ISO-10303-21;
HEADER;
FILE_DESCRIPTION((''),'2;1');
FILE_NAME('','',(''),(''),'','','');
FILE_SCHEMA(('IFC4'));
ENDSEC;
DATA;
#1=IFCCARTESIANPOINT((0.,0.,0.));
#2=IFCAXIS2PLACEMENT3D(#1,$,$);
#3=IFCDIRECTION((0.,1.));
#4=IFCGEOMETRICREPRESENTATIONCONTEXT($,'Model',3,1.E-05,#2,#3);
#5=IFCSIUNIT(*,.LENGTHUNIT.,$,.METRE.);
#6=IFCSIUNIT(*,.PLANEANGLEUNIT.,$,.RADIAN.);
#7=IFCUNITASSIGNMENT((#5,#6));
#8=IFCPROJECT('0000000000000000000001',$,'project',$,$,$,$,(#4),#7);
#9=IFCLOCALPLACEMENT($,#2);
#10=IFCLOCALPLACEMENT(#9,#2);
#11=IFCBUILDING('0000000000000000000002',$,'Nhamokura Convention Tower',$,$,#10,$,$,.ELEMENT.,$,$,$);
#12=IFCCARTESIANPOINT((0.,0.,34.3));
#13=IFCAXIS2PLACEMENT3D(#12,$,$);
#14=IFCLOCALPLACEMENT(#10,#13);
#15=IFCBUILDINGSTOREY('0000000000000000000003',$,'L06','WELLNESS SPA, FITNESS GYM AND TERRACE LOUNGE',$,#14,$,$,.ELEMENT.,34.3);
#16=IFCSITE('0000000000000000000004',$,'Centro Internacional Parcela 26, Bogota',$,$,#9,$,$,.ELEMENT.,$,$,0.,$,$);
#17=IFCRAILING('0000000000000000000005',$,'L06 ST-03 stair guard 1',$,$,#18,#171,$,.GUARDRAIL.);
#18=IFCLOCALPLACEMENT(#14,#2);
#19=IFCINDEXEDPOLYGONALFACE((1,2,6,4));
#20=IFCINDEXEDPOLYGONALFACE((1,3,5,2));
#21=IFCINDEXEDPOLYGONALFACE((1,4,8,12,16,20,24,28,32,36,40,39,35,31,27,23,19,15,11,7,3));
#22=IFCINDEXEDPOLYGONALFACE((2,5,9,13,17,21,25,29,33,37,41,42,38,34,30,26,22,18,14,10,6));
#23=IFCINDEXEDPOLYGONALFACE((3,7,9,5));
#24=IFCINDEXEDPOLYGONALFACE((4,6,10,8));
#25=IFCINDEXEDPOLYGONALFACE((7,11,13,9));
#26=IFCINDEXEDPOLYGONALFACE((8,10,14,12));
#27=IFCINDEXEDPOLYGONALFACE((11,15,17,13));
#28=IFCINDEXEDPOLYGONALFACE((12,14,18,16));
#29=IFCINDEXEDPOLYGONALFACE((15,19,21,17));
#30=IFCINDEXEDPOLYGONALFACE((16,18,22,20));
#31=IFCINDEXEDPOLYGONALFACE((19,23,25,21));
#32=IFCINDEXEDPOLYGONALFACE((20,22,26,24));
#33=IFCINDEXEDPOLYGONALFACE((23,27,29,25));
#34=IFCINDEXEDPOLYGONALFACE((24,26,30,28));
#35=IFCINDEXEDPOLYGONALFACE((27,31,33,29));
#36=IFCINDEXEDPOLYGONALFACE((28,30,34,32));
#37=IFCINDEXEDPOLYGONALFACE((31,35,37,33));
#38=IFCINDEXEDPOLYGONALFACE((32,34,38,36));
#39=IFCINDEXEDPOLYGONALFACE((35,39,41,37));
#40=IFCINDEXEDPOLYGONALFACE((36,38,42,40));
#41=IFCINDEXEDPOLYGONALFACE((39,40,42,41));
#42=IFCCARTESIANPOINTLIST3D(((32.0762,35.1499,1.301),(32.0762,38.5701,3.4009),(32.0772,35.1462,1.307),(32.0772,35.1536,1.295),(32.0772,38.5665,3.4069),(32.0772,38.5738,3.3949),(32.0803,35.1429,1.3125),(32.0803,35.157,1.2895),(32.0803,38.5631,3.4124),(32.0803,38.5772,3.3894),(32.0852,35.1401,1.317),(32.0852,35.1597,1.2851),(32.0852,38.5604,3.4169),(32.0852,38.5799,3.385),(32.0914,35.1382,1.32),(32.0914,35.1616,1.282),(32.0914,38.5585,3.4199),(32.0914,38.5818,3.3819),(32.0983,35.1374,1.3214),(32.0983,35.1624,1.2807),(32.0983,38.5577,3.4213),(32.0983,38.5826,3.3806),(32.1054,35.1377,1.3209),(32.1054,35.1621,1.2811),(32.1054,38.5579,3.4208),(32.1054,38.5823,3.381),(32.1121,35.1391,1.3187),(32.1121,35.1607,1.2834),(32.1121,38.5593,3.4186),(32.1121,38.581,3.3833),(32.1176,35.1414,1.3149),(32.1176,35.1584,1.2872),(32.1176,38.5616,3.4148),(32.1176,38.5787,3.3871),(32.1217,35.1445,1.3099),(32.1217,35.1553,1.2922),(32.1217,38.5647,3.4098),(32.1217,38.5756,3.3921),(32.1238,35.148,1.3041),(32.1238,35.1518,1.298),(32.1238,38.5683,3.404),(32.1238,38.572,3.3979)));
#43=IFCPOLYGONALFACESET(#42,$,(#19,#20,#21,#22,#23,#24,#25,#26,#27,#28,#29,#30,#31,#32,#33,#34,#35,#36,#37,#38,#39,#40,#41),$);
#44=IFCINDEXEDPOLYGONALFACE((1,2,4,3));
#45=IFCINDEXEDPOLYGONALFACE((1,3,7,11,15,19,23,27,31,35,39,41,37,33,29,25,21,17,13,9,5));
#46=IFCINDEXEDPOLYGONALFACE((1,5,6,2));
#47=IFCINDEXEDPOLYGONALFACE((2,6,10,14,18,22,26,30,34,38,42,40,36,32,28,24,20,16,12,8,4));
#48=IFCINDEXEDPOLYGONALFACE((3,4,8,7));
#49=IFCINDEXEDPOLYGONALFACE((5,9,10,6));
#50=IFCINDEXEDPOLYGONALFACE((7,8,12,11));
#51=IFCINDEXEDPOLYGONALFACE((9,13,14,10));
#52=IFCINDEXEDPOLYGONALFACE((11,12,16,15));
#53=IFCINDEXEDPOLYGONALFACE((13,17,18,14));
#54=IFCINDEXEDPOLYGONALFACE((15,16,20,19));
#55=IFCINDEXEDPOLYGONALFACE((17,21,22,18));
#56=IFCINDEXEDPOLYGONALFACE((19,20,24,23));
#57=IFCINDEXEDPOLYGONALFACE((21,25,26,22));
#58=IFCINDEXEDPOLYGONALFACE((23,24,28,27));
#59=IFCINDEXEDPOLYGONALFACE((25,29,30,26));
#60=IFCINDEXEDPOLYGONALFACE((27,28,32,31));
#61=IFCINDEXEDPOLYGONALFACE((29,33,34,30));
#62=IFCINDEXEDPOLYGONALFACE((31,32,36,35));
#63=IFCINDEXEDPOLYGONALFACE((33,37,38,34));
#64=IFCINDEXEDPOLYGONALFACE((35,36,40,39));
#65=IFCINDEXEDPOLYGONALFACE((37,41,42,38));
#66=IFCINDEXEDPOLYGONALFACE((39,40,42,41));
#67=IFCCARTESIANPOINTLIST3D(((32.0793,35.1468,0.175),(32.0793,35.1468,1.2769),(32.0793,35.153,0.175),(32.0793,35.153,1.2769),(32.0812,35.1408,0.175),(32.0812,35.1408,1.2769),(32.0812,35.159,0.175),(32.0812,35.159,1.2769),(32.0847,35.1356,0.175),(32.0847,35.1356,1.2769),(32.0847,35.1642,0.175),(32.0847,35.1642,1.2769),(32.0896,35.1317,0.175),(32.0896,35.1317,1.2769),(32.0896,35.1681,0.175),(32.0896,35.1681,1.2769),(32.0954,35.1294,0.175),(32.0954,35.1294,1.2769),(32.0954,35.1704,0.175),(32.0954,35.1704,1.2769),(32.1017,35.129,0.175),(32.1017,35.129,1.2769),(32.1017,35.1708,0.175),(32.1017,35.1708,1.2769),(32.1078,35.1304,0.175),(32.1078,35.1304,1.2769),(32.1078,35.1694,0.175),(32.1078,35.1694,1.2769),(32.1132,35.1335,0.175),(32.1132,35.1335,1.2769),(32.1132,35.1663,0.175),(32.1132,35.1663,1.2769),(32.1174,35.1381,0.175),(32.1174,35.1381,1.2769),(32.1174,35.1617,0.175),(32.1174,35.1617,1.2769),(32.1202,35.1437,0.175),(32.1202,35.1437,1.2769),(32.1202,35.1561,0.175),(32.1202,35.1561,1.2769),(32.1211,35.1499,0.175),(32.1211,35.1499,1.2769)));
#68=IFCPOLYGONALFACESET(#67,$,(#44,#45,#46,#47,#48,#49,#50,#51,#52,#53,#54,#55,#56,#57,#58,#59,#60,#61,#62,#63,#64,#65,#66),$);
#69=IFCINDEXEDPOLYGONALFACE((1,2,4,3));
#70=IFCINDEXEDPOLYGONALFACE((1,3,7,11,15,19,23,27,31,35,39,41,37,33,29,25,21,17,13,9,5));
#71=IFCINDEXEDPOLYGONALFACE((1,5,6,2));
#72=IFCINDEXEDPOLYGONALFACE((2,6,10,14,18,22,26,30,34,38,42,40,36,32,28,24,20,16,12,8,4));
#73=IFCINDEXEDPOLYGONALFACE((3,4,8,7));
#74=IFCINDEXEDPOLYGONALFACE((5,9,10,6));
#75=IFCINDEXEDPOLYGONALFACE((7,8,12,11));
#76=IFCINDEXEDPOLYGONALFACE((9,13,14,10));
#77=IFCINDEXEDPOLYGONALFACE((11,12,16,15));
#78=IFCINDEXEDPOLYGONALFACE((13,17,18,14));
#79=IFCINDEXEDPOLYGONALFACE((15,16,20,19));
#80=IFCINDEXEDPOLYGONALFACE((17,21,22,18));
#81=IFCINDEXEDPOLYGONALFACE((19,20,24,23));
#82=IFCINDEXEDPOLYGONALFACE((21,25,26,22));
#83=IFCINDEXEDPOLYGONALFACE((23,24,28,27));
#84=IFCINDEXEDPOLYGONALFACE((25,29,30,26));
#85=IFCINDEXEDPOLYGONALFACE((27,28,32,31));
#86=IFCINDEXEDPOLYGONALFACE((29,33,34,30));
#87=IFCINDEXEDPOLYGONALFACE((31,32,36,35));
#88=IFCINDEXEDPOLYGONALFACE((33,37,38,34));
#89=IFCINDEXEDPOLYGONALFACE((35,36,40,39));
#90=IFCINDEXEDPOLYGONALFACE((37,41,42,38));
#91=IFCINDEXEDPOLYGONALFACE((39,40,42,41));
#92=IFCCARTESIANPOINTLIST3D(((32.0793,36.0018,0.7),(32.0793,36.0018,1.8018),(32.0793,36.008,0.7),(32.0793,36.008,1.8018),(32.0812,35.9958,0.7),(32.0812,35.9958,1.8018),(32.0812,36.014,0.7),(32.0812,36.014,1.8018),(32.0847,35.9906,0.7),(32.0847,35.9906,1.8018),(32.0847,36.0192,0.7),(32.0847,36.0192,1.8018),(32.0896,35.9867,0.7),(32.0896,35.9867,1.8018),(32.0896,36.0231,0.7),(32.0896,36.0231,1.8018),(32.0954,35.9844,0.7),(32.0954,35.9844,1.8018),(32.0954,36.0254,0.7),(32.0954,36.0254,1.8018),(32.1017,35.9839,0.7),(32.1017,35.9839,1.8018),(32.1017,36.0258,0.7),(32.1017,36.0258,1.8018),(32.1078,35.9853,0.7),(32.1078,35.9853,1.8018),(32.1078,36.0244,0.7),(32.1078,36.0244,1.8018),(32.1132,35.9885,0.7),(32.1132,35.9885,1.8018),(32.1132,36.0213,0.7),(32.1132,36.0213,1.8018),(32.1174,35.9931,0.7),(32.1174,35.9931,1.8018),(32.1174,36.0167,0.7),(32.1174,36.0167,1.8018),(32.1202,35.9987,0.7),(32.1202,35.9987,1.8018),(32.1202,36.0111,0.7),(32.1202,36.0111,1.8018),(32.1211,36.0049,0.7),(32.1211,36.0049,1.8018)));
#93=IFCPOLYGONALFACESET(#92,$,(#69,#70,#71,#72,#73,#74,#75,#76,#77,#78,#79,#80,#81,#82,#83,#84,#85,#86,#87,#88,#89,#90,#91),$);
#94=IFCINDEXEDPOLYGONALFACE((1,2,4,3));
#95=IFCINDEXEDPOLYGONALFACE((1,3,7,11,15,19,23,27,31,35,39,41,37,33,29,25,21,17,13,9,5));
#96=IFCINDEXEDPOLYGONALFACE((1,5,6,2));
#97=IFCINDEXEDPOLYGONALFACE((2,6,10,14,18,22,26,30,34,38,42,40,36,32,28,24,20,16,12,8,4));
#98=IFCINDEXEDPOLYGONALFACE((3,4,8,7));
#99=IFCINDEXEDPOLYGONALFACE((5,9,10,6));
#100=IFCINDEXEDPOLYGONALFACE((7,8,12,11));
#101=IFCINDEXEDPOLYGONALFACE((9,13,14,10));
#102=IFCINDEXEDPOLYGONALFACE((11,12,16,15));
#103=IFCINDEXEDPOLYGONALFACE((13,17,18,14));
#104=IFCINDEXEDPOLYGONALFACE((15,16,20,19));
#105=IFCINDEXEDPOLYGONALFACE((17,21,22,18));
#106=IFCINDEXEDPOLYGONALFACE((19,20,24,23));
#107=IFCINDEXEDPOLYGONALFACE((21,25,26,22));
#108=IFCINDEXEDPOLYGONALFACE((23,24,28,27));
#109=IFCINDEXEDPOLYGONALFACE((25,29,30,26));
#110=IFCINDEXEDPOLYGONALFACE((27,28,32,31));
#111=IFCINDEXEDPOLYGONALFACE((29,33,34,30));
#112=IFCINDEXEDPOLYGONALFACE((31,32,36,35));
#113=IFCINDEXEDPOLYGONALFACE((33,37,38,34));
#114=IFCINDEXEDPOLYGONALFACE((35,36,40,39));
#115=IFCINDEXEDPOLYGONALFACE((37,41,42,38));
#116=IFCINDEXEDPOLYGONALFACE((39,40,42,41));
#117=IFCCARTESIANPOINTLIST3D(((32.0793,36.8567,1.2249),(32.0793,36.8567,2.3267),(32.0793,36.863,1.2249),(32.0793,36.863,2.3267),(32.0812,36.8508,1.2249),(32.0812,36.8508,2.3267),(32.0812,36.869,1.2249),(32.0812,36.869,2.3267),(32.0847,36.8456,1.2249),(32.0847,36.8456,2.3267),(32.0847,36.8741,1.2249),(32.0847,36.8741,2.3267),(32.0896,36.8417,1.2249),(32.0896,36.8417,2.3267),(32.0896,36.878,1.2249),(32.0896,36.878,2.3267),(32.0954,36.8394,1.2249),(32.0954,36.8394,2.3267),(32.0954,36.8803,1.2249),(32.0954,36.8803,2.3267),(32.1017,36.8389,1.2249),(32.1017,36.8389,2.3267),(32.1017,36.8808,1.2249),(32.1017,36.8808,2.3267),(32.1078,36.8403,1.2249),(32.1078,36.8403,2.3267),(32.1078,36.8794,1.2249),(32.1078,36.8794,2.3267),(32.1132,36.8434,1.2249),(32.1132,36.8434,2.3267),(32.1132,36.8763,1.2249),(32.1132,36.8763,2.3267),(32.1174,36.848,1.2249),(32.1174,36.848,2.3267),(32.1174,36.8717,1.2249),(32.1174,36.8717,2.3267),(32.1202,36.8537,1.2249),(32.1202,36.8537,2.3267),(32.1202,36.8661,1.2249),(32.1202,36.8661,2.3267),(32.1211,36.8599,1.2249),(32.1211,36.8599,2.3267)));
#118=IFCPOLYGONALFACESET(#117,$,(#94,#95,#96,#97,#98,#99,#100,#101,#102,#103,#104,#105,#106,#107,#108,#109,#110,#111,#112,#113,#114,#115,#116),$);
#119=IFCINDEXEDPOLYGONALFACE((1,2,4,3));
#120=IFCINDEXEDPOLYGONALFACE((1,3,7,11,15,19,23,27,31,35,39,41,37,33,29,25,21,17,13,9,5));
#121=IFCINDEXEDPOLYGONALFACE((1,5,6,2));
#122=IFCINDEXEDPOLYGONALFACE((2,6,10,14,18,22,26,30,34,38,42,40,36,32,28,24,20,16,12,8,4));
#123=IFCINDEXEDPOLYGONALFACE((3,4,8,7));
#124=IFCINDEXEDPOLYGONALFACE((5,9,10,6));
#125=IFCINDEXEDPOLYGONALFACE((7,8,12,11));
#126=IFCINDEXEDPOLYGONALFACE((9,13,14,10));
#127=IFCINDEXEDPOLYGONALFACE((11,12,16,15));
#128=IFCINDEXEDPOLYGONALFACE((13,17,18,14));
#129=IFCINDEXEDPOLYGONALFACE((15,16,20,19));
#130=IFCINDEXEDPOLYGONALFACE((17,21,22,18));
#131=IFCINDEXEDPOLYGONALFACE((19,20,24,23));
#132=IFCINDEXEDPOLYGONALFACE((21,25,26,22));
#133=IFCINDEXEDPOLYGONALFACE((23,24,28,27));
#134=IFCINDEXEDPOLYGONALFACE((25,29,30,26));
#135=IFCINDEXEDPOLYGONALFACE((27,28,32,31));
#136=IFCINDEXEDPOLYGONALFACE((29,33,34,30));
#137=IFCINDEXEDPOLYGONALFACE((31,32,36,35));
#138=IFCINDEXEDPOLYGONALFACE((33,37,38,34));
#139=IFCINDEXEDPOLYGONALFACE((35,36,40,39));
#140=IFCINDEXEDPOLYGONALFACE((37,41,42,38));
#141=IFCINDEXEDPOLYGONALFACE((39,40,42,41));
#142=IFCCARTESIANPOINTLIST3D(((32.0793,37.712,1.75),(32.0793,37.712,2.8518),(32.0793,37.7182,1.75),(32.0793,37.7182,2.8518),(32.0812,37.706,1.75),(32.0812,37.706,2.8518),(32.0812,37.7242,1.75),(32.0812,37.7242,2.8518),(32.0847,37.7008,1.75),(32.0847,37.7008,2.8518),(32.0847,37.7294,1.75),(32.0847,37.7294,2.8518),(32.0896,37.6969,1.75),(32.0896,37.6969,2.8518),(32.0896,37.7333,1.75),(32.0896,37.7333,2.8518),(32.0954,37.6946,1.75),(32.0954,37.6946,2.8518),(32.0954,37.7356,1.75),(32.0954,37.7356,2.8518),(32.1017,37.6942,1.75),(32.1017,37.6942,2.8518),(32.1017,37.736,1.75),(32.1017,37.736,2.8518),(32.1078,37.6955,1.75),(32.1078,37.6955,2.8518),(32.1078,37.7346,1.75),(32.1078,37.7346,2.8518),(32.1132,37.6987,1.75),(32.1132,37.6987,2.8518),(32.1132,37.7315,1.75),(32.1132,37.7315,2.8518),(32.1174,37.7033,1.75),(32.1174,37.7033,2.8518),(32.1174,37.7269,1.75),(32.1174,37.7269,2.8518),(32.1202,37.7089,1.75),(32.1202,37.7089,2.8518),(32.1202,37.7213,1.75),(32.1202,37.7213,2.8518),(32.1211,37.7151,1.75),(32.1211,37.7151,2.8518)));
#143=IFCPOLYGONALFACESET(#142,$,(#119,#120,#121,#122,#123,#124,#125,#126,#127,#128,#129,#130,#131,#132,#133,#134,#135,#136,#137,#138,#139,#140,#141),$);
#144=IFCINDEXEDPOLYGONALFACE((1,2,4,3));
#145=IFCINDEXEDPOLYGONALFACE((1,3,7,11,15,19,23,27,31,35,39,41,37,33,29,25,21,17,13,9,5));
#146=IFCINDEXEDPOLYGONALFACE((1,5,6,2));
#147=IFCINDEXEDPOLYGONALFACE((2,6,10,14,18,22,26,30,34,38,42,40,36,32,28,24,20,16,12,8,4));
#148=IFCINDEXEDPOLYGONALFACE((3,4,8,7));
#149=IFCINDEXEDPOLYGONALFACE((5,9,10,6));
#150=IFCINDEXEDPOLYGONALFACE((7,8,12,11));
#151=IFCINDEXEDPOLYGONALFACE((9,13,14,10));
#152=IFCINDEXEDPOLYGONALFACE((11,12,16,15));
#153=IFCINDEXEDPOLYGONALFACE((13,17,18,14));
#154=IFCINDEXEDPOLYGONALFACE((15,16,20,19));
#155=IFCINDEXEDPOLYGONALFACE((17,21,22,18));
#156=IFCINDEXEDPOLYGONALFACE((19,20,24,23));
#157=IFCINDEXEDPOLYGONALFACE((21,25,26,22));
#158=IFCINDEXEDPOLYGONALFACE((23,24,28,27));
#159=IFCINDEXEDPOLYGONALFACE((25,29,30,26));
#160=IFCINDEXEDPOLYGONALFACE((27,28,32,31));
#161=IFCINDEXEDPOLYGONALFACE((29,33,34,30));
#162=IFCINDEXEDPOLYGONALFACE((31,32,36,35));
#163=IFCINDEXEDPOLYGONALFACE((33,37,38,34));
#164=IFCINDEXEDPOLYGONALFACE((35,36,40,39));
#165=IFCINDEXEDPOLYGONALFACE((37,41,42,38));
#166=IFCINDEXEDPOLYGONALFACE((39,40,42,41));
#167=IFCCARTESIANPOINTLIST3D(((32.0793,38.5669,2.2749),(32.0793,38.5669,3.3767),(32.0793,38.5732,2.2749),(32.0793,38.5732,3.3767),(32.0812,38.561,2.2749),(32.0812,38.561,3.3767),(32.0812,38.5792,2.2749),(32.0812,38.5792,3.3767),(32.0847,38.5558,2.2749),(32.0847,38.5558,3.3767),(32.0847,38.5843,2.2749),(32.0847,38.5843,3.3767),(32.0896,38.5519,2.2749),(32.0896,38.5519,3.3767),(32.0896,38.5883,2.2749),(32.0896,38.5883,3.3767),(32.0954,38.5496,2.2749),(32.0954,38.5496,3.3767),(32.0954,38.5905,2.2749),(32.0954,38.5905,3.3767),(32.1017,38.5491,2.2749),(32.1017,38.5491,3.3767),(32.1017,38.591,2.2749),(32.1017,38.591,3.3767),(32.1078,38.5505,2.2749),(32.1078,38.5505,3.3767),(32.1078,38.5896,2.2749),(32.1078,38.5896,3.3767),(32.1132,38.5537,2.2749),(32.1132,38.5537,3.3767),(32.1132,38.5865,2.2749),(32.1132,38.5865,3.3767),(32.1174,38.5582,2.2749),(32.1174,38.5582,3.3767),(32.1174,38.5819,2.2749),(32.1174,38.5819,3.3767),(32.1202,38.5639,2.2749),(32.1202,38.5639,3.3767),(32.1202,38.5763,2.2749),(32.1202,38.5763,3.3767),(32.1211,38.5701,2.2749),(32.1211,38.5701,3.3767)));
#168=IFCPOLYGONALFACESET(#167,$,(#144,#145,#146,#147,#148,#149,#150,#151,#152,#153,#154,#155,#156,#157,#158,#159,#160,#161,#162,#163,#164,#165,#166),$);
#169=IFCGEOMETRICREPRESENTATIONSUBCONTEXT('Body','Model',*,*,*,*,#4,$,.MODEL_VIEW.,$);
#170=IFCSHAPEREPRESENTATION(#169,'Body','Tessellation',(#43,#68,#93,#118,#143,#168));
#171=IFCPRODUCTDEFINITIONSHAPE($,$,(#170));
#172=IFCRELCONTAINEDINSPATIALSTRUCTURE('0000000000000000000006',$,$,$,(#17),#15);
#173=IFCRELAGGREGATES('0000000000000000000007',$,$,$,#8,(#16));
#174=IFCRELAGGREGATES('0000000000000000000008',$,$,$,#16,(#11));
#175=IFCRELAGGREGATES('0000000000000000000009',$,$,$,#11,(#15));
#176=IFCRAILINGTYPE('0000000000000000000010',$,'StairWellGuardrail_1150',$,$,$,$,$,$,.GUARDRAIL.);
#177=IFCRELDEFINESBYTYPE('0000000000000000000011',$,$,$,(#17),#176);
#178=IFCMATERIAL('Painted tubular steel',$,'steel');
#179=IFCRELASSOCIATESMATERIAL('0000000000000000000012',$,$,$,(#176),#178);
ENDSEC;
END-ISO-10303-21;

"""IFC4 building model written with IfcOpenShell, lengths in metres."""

from ifc_helpers import new_model, si_unit, direction, frame, origin, origin_2d, place, context, subcontext, project, spatial, circle, extrude, material, type_object, element, save


model = new_model("IFC4")

# Units and contexts
model_context = context("Model", 3, precision=1e-05, world=origin(), true_north=direction((0.0, 1.0)))
body_context = subcontext(model_context, "Body", "Model", "MODEL_VIEW")
ifc_project = project(units=[si_unit("LENGTHUNIT", "METRE"), si_unit("PLANEANGLEUNIT", "RADIAN")], contexts=[model_context])

# Site, building, storey
site_placement = place(None, origin())
site = spatial("IfcSite", under=ifc_project, at=site_placement, Name="Centro Internacional Parcela 26, Bogota", CompositionType="ELEMENT", RefElevation=0.0)
building_placement = place(site_placement, origin())
building = spatial("IfcBuilding", under=site, at=building_placement, Name="Nhamokura Convention Tower", CompositionType="ELEMENT")
storey_placement = place(building_placement, frame((0.0, 0.0, 34.3)))
storey = spatial("IfcBuildingStorey", under=building, at=storey_placement, Name="L06", Description="WELLNESS SPA, FITNESS GYM AND TERRACE LOUNGE", CompositionType="ELEMENT", Elevation=34.3)

# Railing
ifc_material_1 = material(Name="Painted tubular steel", Category="steel")
railing_type_1 = type_object("IfcRailingType", Name="StairWellGuardrail_1150", PredefinedType="GUARDRAIL", material=ifc_material_1)
railing_1_placement = place(storey_placement, frame((32.1001, 35.1499, 0.175)))
element("IfcRailing", 1, at=railing_1_placement, inside=storey, type_object=railing_type_1, Name="L06 ST-03 stair guard 1", PredefinedType="GUARDRAIL", context=body_context, shape_type="SweptSolid", body=[
    extrude(circle(Radius=0.0239, at=origin_2d()), frame((0.0, 0.0, 1.126), z_axis=(0.0, 0.852199, 0.523218), x_axis=(-1.0, 0.0, 0.0)), (0.0, 0.0, 1.0), 4.0134),
    extrude(circle(Radius=0.021, at=origin_2d()), origin(), (0.0, 0.0, 1.0), 1.1018),
    extrude(circle(Radius=0.021, at=origin_2d()), frame((0.0, 0.855, 0.5249)), (0.0, 0.0, 1.0), 1.1018),
    extrude(circle(Radius=0.021, at=origin_2d()), frame((0.0, 1.71, 1.0498)), (0.0, 0.0, 1.0), 1.1018),
    extrude(circle(Radius=0.021, at=origin_2d()), frame((0.0, 2.5652, 1.575)), (0.0, 0.0, 1.0), 1.1018),
    extrude(circle(Radius=0.021, at=origin_2d()), frame((0.0, 3.4202, 2.0999)), (0.0, 0.0, 1.0), 1.1018),
])

save(model, "model.ifc")
